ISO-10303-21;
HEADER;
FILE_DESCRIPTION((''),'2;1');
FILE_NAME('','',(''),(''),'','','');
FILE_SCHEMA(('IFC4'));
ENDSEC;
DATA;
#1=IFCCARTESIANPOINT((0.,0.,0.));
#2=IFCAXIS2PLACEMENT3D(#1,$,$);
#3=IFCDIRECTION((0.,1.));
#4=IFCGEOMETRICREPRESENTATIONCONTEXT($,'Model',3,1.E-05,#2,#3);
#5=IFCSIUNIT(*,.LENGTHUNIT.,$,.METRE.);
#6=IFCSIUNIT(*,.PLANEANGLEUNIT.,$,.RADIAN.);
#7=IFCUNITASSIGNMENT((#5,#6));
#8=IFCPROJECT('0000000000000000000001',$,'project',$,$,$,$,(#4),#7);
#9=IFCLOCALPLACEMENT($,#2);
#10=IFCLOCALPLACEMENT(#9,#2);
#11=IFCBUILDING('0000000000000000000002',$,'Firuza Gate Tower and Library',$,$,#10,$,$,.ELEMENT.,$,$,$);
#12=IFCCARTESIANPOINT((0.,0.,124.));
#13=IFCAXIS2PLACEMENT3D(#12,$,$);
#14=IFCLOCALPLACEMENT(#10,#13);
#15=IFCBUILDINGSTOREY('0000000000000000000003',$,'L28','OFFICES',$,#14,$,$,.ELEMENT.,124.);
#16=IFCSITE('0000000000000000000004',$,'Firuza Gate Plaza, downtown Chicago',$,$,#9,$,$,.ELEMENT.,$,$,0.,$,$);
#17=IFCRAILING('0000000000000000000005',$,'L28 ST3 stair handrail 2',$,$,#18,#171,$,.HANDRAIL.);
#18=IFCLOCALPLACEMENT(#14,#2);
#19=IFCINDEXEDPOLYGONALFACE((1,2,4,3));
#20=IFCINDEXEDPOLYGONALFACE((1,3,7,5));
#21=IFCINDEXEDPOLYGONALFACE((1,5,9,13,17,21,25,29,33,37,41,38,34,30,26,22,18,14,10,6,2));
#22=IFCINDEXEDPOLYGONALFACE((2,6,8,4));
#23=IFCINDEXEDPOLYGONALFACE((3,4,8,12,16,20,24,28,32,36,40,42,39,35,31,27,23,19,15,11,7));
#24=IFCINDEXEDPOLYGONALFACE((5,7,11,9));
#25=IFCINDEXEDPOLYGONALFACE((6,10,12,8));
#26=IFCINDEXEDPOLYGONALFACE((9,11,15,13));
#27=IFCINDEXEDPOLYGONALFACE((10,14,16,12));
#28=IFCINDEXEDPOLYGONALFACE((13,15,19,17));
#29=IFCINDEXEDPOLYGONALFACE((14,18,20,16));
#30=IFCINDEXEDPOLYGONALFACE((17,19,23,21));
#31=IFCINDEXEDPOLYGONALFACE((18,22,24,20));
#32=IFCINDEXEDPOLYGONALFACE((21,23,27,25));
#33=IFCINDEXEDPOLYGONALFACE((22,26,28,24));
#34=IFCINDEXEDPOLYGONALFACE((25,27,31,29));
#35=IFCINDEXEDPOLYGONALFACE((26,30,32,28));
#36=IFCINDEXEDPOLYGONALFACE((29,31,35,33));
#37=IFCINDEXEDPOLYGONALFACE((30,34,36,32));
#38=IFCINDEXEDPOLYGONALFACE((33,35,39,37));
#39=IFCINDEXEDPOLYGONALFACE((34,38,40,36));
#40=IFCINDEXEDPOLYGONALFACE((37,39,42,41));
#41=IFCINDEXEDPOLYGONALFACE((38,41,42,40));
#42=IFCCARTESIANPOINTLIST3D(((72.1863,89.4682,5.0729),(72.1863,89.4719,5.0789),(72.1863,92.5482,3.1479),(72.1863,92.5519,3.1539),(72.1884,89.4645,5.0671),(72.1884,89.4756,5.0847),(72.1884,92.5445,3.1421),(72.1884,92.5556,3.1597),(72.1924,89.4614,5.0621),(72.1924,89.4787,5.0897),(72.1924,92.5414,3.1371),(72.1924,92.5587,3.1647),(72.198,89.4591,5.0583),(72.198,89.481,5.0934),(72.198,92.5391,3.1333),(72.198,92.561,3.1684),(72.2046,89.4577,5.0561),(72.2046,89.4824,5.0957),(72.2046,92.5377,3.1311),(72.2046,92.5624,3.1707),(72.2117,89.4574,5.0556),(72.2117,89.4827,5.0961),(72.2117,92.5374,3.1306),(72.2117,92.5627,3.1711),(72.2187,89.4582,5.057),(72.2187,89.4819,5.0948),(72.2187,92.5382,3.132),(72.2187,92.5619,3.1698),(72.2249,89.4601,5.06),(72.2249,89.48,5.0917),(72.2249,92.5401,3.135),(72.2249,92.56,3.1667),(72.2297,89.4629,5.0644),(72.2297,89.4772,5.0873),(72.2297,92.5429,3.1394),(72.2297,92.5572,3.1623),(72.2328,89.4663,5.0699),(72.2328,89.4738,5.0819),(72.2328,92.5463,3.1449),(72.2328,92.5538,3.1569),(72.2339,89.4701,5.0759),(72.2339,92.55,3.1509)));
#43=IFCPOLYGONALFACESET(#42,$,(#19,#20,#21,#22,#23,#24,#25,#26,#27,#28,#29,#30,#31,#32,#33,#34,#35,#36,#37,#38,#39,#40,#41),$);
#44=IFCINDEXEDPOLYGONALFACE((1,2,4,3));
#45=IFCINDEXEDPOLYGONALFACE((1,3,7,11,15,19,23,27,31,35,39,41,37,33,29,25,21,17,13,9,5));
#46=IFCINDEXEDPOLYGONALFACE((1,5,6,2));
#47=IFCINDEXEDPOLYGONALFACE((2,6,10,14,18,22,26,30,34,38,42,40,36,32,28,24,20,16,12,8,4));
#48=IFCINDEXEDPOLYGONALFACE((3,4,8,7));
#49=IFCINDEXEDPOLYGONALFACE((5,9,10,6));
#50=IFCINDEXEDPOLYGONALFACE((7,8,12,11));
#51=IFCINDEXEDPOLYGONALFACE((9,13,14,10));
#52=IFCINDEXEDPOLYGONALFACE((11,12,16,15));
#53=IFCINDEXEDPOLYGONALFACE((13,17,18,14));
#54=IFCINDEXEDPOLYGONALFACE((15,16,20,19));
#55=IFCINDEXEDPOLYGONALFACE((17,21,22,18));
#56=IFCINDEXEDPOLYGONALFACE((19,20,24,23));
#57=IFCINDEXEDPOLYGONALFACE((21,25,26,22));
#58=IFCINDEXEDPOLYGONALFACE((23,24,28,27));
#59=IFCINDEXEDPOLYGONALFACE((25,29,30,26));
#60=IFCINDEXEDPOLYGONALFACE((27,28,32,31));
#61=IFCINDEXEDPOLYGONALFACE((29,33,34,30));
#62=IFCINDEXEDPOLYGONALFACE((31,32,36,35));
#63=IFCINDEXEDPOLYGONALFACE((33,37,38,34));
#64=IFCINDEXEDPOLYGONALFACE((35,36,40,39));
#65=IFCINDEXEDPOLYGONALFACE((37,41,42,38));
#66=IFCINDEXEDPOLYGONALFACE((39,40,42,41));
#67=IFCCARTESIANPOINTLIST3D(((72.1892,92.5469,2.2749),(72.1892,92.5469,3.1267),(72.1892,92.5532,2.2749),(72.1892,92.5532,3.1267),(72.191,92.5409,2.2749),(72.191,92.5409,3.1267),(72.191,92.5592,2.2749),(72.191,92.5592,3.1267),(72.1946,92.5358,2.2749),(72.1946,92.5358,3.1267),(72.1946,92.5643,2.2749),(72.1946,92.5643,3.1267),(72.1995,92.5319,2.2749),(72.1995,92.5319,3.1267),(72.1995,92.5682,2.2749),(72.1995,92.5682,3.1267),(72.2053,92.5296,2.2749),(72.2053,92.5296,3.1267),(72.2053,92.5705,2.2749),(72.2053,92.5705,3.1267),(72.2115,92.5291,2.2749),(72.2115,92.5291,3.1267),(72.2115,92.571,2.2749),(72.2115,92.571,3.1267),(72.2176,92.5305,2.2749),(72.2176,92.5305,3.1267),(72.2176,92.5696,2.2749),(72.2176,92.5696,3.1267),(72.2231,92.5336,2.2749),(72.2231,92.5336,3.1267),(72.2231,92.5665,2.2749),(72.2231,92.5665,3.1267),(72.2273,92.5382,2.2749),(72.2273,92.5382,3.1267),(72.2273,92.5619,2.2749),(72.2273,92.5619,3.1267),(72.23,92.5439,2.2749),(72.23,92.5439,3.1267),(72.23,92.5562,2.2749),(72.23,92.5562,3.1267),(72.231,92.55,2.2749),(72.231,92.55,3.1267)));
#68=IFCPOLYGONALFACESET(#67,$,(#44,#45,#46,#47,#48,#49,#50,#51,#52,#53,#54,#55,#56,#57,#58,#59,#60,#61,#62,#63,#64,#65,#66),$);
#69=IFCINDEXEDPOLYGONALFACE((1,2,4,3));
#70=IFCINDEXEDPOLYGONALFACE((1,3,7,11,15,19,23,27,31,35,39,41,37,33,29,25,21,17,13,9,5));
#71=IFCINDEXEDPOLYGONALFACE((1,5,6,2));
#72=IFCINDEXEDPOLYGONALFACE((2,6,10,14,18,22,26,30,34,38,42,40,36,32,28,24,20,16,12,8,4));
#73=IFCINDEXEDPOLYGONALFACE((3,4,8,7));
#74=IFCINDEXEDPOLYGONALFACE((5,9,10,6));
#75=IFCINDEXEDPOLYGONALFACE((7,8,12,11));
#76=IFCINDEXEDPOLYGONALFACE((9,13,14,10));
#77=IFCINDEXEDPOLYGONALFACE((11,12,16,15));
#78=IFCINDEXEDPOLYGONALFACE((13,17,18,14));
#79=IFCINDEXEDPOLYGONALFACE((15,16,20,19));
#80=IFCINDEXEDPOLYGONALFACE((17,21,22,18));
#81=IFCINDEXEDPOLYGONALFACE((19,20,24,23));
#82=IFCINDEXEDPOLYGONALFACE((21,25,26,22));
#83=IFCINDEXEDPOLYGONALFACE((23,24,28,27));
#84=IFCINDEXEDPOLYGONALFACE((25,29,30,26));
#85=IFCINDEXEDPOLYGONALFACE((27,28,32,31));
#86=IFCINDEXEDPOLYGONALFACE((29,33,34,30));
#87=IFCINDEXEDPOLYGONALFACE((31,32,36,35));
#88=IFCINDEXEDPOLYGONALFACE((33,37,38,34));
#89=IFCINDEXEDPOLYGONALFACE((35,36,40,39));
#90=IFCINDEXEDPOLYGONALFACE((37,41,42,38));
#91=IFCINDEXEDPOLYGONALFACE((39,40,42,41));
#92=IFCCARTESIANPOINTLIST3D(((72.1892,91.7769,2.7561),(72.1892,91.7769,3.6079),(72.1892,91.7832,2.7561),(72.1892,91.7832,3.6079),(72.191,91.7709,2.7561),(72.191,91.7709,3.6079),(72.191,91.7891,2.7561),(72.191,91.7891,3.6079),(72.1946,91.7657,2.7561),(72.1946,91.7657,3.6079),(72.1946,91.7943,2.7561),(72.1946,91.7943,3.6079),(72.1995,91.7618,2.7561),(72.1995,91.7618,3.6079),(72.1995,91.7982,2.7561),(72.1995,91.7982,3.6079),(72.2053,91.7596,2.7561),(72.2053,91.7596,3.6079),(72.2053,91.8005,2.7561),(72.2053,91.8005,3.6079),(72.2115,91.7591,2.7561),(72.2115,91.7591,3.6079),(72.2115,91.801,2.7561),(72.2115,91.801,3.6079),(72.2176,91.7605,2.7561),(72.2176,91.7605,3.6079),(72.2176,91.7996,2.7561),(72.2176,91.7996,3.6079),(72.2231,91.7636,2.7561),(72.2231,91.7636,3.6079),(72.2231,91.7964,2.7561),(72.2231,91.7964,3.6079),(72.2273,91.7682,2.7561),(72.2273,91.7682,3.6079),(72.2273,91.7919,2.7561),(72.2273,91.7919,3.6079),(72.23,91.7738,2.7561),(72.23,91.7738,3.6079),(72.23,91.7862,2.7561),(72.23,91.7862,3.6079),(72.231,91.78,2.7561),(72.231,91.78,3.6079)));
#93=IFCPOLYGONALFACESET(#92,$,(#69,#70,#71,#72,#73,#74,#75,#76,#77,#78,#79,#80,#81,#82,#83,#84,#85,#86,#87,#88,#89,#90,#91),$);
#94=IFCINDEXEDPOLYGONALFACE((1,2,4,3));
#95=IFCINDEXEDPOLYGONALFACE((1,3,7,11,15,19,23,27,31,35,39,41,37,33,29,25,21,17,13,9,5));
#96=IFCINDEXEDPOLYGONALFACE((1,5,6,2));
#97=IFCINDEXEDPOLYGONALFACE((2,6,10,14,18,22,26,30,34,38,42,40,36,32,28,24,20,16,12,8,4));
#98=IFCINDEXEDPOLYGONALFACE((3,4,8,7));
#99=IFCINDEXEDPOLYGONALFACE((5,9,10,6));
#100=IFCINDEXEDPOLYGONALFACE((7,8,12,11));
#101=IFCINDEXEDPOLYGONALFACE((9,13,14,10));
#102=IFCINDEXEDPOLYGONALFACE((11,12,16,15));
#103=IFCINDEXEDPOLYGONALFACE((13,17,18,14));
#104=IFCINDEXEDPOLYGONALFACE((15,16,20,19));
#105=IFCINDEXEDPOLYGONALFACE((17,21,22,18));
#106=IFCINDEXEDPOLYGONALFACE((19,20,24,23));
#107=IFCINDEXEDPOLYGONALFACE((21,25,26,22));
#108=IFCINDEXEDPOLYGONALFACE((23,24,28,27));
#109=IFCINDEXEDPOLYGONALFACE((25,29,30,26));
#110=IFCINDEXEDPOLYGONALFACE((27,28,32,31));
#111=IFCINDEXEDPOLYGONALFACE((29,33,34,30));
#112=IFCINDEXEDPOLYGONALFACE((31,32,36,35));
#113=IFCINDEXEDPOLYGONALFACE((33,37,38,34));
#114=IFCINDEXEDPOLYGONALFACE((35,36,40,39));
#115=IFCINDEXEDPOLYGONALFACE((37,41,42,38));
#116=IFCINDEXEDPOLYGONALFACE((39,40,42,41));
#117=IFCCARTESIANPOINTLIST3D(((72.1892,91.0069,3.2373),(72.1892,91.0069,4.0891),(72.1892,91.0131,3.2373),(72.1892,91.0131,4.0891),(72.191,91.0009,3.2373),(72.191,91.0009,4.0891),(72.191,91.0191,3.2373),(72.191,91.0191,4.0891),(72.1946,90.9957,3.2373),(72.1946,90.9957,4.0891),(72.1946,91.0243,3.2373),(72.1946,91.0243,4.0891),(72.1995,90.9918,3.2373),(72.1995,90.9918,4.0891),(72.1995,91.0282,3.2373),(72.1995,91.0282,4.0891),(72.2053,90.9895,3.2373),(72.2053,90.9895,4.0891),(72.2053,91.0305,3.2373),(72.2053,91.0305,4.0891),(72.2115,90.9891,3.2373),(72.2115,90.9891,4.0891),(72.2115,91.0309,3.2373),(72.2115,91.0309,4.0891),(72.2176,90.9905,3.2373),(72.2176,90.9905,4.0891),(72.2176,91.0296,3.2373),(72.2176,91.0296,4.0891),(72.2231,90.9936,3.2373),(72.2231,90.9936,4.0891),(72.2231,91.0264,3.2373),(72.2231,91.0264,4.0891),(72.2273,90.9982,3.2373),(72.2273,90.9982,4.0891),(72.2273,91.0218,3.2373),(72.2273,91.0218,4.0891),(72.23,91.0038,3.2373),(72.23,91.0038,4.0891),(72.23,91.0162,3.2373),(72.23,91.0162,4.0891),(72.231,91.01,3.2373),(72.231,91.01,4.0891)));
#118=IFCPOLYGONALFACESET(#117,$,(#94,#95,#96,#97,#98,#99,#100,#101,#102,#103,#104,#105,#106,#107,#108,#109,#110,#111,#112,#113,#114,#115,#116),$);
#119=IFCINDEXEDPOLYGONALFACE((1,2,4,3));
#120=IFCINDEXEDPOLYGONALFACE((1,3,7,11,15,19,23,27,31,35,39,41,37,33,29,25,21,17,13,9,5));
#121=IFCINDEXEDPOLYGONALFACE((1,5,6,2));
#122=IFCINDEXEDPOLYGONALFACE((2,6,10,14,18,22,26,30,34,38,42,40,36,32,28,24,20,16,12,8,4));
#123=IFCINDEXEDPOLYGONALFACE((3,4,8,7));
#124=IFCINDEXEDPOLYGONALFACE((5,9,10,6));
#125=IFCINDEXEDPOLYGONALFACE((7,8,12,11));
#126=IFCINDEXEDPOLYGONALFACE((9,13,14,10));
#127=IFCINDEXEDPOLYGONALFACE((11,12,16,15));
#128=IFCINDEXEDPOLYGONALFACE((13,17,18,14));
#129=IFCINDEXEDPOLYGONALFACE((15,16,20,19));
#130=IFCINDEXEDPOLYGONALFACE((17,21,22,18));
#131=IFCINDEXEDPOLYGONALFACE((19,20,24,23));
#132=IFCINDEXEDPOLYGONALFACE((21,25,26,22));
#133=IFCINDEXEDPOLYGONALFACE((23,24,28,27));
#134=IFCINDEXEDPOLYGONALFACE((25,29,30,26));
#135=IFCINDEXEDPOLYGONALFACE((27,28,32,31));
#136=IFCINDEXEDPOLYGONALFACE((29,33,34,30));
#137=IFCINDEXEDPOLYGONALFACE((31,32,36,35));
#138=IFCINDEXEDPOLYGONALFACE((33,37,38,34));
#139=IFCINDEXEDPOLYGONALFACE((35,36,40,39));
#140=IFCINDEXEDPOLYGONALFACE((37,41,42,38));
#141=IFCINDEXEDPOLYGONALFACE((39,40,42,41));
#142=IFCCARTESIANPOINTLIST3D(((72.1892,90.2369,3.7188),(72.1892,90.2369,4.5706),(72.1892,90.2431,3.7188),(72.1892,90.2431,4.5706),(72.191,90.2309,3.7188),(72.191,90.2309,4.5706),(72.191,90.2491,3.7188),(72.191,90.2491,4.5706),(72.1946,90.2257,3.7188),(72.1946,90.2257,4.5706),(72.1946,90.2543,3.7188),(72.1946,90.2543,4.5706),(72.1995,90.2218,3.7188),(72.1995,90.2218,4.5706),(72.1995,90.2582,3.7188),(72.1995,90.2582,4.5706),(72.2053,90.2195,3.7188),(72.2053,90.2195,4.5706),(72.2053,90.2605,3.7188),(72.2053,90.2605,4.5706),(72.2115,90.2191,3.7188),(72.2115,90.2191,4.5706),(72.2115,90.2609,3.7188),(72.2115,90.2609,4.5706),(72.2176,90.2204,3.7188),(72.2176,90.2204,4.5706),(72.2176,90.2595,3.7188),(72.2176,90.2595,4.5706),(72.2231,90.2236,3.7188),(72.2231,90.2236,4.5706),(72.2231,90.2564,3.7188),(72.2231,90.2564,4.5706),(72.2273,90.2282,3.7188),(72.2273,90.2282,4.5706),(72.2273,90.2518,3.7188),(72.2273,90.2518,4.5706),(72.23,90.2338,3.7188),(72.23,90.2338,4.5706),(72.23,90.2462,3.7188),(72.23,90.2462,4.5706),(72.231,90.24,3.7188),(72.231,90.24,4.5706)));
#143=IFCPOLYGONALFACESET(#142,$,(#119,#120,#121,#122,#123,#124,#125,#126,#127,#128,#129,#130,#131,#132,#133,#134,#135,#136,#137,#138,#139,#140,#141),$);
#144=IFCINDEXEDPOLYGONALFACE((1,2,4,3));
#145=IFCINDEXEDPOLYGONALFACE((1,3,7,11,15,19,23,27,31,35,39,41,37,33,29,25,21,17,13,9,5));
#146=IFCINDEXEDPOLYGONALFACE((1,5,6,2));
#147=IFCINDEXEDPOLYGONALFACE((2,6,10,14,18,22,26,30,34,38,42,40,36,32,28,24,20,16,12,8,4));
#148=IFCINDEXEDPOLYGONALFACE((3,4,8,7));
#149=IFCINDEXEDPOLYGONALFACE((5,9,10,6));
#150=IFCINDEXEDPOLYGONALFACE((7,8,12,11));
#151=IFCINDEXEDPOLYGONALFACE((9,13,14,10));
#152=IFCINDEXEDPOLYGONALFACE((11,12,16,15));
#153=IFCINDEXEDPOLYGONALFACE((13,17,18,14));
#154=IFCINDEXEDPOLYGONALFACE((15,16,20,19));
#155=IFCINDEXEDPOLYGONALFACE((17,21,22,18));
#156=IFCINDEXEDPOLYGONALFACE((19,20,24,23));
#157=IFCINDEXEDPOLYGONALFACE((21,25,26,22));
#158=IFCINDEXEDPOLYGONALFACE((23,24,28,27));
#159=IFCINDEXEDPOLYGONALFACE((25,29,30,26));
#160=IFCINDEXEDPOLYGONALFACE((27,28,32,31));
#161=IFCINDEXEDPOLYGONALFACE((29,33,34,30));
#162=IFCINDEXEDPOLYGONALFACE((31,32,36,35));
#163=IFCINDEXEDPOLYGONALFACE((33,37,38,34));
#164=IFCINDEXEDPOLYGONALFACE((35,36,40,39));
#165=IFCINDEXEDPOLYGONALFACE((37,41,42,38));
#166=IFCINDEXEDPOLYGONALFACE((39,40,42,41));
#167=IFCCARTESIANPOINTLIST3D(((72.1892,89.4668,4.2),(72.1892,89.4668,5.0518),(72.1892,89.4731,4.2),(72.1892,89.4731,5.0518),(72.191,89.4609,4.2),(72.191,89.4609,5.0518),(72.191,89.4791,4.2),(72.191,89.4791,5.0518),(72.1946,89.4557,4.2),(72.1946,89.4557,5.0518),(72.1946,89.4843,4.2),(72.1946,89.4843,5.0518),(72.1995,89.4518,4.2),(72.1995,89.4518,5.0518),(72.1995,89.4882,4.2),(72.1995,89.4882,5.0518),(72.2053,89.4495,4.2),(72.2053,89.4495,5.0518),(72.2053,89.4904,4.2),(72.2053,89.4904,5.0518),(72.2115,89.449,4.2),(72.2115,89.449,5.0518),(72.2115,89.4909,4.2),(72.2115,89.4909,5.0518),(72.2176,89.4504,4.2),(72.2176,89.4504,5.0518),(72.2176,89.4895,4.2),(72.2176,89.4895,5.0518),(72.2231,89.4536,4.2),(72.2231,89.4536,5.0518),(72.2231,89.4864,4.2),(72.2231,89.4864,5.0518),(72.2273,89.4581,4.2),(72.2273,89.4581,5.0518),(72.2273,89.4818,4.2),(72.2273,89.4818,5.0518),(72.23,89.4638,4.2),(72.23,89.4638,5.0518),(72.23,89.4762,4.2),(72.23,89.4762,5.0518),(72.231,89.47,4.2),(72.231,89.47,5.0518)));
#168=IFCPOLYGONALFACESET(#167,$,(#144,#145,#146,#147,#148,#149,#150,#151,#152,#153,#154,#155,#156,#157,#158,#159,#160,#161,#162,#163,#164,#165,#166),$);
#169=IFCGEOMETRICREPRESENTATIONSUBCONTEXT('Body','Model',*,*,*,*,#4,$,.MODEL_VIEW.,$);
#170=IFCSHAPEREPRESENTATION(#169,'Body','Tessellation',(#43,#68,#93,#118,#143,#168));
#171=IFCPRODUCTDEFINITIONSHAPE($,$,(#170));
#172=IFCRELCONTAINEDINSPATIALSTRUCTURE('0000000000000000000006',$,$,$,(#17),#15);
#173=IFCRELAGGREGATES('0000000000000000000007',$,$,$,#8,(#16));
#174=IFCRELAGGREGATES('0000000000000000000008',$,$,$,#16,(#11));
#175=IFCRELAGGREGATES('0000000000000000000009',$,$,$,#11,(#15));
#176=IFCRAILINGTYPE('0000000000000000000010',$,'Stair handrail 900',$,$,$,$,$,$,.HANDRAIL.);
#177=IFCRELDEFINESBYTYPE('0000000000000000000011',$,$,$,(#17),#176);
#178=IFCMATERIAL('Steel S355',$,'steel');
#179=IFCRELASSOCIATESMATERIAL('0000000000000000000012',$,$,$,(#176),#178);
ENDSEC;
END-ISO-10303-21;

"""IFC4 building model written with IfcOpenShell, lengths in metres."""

from ifc_helpers import new_model, si_unit, direction, frame, origin, origin_2d, place, context, subcontext, project, spatial, circle, extrude, material, type_object, element, save


model = new_model("IFC4")

# Units and contexts
model_context = context("Model", 3, precision=1e-05, world=origin(), true_north=direction((0.0, 1.0)))
body_context = subcontext(model_context, "Body", "Model", "MODEL_VIEW")
ifc_project = project(units=[si_unit("LENGTHUNIT", "METRE"), si_unit("PLANEANGLEUNIT", "RADIAN")], contexts=[model_context])

# Site, building, storey
site_placement = place(None, origin())
site = spatial("IfcSite", under=ifc_project, at=site_placement, Name="Firuza Gate Plaza, downtown Chicago", CompositionType="ELEMENT", RefElevation=0.0)
building_placement = place(site_placement, origin())
building = spatial("IfcBuilding", under=site, at=building_placement, Name="Firuza Gate Tower and Library", CompositionType="ELEMENT")
storey_placement = place(building_placement, frame((0.0, 0.0, 124.0)))
storey = spatial("IfcBuildingStorey", under=building, at=storey_placement, Name="L28", Description="OFFICES", CompositionType="ELEMENT", Elevation=124.0)

# Railing
ifc_material_1 = material(Name="Steel S355", Category="steel")
railing_type_1 = type_object("IfcRailingType", Name="Stair handrail 900", PredefinedType="HANDRAIL", material=ifc_material_1)
railing_1_placement = place(storey_placement, frame((72.21, 92.55, 2.2749)))
element("IfcRailing", 1, at=railing_1_placement, inside=storey, type_object=railing_type_1, Name="L28 ST3 stair handrail 2", PredefinedType="HANDRAIL", context=body_context, shape_type="SweptSolid", body=[
    extrude(circle(Radius=0.0239, at=origin_2d()), frame((0.0, 0.0, 0.876), z_axis=(0.0, -0.847998, 0.529999), x_axis=(1.0, 0.0, 0.0)), (0.0, 0.0, 1.0), 3.6321),
    extrude(circle(Radius=0.021, at=origin_2d()), origin(), (0.0, 0.0, 1.0), 0.8518),
    extrude(circle(Radius=0.021, at=origin_2d()), frame((0.0, -0.77, 0.4812)), (0.0, 0.0, 1.0), 0.8518),
    extrude(circle(Radius=0.021, at=origin_2d()), frame((0.0, -1.54, 0.9624)), (0.0, 0.0, 1.0), 0.8518),
    extrude(circle(Radius=0.021, at=origin_2d()), frame((0.0, -2.3101, 1.4438)), (0.0, 0.0, 1.0), 0.8518),
    extrude(circle(Radius=0.021, at=origin_2d()), frame((0.0, -3.0801, 1.925)), (0.0, 0.0, 1.0), 0.8518),
])

save(model, "model.ifc")
